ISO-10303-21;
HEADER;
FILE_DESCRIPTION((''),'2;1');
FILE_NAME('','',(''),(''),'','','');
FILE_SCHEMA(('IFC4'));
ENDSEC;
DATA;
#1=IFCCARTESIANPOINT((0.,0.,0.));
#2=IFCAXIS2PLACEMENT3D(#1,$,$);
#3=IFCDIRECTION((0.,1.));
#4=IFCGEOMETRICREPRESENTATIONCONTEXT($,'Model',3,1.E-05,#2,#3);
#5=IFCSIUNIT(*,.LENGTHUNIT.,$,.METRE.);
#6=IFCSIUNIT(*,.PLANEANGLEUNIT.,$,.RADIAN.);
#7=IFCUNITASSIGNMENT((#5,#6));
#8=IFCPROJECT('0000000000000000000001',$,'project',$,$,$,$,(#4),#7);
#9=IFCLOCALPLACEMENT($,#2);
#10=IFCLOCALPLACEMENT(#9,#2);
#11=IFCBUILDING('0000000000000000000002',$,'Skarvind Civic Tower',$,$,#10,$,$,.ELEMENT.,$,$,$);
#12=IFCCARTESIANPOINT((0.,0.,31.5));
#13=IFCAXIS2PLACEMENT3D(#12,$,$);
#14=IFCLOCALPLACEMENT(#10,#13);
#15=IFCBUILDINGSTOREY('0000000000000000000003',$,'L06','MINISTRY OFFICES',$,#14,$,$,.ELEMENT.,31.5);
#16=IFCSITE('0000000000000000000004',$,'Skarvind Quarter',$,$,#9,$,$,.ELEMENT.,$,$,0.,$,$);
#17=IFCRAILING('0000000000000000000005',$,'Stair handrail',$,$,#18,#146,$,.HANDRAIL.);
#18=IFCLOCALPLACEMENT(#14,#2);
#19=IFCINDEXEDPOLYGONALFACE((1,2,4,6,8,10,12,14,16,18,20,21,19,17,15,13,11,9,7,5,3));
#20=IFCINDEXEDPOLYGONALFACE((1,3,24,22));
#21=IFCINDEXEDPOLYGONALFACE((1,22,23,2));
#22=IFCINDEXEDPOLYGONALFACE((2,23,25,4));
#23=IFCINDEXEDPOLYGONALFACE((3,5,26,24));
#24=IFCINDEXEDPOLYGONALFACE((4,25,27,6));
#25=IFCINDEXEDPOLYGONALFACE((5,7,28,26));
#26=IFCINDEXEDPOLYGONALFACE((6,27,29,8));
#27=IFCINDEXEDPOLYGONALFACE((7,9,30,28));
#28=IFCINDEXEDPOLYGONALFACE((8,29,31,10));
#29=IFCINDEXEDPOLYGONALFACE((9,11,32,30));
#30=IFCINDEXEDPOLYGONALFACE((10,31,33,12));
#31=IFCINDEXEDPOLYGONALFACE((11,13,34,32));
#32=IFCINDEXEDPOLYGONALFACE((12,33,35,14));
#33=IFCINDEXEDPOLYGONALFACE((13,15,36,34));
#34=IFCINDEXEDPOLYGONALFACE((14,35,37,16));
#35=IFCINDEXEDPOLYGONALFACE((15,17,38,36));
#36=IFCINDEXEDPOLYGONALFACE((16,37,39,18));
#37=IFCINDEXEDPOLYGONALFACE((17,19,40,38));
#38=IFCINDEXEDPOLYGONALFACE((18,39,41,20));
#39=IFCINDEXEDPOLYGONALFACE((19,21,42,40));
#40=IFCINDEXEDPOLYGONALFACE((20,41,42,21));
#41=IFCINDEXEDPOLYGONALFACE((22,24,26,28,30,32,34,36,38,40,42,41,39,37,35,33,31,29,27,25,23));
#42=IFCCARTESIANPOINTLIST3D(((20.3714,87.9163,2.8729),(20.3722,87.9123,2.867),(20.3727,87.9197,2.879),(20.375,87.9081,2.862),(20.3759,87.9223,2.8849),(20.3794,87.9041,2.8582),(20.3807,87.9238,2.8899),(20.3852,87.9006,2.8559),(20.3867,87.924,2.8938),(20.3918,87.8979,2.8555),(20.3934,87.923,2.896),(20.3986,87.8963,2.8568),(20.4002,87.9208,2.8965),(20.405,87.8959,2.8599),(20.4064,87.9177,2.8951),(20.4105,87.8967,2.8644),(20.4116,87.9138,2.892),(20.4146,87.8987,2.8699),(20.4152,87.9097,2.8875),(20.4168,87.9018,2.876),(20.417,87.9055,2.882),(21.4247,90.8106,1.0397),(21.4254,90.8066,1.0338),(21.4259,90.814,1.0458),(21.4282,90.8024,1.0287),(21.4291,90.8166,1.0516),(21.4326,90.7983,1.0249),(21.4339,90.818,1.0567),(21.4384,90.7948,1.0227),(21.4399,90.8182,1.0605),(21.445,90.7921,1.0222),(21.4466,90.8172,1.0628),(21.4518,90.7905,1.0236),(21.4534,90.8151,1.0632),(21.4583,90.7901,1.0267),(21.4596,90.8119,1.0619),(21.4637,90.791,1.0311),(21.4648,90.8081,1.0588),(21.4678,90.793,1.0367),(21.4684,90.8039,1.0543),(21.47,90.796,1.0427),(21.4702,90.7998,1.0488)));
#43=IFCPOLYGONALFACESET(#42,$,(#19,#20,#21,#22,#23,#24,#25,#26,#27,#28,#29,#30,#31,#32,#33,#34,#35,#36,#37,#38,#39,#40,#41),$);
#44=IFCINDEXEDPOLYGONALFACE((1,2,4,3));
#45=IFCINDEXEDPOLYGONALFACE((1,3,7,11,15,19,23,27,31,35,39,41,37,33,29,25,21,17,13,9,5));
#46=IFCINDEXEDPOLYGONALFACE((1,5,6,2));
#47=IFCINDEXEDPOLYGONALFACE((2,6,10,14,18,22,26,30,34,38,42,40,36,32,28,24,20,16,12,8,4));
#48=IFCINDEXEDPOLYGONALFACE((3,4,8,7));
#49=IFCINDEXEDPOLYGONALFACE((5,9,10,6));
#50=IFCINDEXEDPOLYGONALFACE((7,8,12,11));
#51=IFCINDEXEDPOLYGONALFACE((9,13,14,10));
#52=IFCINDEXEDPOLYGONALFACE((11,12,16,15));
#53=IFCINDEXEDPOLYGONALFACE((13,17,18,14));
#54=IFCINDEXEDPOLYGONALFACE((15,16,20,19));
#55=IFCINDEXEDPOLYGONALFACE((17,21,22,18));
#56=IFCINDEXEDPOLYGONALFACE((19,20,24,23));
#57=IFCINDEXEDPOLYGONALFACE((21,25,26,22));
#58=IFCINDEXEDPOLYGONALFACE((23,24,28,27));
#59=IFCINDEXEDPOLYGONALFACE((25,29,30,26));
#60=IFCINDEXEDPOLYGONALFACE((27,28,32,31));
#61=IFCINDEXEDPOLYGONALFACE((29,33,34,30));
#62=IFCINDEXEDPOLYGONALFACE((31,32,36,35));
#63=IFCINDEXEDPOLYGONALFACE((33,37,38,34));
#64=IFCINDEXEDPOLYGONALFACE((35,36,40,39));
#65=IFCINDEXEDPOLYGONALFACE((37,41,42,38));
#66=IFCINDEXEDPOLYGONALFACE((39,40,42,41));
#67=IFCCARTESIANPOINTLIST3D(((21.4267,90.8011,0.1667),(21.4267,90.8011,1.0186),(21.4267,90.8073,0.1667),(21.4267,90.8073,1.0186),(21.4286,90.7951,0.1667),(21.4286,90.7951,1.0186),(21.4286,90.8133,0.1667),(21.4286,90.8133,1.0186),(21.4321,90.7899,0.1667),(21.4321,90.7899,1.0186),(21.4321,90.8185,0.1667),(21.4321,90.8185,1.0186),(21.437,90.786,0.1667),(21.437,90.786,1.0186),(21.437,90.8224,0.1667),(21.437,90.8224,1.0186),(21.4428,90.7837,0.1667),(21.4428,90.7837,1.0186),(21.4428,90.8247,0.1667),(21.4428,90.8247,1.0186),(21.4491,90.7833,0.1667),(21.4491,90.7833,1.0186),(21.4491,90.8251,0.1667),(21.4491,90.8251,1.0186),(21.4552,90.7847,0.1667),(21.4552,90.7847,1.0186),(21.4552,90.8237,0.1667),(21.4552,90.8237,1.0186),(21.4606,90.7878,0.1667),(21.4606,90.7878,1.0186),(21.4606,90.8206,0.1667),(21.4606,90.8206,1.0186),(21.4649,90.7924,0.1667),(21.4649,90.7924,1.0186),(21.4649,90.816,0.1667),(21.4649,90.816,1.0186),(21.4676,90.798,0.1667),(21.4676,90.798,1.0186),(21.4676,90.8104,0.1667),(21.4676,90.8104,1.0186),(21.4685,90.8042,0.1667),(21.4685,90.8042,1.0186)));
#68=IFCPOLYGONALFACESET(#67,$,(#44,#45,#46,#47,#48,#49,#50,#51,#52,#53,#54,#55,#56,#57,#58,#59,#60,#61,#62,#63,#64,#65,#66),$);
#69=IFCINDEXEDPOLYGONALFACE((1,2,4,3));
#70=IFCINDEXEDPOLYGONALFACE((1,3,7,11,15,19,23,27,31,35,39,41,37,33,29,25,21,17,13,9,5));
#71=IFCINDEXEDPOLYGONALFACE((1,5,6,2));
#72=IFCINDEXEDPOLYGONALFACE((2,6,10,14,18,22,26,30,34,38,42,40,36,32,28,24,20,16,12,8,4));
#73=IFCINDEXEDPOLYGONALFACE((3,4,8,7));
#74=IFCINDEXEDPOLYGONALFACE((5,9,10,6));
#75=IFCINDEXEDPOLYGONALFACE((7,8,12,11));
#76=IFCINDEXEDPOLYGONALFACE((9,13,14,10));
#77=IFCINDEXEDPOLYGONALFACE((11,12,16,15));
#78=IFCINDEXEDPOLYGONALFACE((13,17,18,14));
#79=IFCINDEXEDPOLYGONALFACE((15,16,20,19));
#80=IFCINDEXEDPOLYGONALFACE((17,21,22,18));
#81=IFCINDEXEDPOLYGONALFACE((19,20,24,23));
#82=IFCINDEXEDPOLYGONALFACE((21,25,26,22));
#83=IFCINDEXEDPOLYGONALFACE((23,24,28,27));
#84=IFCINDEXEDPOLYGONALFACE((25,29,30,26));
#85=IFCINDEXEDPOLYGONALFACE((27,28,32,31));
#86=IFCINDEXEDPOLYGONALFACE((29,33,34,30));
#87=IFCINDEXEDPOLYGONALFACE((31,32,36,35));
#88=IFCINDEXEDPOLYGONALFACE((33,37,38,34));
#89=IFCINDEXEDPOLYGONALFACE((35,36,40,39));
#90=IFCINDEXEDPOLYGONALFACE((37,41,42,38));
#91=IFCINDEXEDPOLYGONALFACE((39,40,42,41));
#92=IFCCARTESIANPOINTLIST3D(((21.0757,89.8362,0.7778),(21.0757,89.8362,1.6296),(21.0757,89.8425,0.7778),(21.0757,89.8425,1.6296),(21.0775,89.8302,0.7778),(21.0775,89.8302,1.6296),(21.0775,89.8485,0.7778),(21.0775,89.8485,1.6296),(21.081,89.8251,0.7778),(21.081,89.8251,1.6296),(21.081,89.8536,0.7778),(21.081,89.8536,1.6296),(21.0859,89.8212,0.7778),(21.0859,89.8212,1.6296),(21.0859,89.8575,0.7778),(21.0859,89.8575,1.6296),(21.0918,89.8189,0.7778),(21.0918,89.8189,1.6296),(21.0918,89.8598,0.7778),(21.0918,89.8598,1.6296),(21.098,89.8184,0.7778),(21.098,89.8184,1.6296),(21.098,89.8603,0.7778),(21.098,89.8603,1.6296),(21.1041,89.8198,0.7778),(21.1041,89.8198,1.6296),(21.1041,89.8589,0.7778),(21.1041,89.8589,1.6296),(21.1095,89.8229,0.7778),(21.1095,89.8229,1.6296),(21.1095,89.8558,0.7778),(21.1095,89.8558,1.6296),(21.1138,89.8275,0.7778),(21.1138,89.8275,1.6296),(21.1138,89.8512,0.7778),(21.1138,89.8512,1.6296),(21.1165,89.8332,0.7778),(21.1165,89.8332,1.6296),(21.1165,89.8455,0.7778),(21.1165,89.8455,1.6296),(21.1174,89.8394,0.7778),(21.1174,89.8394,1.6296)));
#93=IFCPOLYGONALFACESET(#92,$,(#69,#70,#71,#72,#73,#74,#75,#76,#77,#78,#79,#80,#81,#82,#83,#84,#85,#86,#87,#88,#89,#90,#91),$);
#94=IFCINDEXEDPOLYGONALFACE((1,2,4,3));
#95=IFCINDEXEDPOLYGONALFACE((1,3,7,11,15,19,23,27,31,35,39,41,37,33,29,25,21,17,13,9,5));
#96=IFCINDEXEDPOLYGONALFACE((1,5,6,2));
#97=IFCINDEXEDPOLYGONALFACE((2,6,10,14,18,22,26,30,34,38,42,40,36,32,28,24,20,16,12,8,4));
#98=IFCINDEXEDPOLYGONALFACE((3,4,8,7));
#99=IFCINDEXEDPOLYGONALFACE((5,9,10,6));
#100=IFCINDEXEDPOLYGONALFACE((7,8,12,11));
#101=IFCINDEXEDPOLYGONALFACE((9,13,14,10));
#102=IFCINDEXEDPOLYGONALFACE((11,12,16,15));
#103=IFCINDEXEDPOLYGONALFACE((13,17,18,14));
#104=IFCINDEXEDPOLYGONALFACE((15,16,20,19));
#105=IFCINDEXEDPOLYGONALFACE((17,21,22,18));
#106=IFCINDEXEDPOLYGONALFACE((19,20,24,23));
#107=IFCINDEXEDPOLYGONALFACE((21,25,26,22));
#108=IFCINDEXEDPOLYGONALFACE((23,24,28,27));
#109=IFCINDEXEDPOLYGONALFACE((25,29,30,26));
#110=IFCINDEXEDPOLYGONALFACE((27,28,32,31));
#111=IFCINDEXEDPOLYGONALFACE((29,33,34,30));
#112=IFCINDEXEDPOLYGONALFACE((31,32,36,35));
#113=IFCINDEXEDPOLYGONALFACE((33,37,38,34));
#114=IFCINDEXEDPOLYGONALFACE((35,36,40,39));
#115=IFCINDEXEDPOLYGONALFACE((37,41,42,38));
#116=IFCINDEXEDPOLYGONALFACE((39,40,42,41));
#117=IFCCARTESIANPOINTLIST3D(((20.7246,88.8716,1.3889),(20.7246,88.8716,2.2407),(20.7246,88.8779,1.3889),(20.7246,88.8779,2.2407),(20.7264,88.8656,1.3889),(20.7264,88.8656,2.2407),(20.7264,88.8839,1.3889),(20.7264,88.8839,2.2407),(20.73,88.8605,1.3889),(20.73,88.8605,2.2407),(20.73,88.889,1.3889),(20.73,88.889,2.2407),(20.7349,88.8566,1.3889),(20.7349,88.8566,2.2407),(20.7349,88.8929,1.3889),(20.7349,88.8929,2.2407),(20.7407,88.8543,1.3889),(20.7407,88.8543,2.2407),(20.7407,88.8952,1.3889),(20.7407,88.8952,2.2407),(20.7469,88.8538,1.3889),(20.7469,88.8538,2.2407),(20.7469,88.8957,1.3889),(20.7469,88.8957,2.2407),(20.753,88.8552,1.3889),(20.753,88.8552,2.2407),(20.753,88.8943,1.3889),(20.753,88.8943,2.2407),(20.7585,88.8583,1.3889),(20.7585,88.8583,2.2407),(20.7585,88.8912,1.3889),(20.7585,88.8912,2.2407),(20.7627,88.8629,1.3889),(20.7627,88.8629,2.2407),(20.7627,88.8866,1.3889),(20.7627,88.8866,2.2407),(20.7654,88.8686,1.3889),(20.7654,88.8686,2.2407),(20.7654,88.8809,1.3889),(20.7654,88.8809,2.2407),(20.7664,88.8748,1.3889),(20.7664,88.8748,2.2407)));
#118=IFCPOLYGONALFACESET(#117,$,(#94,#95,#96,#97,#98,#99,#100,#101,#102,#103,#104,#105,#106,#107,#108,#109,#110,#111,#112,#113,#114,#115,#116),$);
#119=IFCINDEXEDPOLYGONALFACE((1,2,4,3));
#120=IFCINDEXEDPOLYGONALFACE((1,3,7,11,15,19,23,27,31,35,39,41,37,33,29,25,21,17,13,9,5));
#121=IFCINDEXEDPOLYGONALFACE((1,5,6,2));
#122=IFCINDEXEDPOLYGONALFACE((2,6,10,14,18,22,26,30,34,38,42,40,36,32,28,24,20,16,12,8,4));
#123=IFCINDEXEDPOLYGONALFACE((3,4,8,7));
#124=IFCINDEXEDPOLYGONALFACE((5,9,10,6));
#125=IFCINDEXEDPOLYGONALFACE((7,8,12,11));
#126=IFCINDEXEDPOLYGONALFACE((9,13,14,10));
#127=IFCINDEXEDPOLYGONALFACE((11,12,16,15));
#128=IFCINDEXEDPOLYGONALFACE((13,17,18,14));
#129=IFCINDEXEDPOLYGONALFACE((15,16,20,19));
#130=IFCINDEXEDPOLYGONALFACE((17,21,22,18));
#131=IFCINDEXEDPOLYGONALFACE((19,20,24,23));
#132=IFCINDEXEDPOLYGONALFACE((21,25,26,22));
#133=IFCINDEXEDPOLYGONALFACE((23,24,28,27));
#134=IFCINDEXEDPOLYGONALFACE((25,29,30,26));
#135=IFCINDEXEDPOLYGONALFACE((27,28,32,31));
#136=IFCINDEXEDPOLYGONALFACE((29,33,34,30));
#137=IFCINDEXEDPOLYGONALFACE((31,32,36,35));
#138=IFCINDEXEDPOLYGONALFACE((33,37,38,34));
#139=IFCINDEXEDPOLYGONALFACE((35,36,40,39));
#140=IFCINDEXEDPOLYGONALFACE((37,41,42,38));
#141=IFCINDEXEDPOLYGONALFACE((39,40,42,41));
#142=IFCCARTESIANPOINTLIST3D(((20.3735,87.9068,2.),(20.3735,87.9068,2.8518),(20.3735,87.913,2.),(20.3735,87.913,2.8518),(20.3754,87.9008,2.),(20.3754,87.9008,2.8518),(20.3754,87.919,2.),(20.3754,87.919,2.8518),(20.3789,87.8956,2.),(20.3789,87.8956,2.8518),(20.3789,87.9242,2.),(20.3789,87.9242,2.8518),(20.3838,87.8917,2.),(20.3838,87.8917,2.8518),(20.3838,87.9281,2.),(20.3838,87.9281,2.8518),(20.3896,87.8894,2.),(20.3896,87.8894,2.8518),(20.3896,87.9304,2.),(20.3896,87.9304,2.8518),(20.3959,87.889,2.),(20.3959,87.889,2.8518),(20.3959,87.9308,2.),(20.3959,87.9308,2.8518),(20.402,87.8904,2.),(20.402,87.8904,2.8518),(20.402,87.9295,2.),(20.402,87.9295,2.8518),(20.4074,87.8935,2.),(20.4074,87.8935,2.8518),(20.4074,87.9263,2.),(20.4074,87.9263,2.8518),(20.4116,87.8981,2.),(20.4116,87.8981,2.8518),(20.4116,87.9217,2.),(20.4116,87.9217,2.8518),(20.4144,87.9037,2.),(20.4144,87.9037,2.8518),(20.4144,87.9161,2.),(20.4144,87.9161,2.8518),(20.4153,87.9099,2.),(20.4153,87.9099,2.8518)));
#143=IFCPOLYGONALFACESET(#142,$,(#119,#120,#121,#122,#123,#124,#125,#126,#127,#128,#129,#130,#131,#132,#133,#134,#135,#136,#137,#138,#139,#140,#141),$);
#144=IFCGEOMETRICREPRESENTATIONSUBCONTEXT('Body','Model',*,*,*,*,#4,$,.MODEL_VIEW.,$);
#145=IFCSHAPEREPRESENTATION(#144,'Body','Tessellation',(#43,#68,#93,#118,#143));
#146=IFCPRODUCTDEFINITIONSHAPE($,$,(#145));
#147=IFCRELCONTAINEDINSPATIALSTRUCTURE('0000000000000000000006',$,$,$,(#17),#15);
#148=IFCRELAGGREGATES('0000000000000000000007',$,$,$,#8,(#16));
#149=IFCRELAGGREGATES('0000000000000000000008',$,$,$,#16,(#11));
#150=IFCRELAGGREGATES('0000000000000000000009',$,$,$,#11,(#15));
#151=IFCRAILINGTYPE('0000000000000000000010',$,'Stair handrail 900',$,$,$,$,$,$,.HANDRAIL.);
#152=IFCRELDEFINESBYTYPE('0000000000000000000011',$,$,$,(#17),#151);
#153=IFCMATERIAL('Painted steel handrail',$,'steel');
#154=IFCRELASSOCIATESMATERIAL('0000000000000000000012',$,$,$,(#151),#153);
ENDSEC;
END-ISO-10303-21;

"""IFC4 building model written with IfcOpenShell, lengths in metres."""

from ifc_helpers import new_model, si_unit, direction, frame, origin, origin_2d, place, context, subcontext, project, spatial, circle, extrude, material, type_object, element, save


model = new_model("IFC4")

# Units and contexts
model_context = context("Model", 3, precision=1e-05, world=origin(), true_north=direction((0.0, 1.0)))
body_context = subcontext(model_context, "Body", "Model", "MODEL_VIEW")
ifc_project = project(units=[si_unit("LENGTHUNIT", "METRE"), si_unit("PLANEANGLEUNIT", "RADIAN")], contexts=[model_context])

# Site, building, storey
site_placement = place(None, origin())
site = spatial("IfcSite", under=ifc_project, at=site_placement, Name="Skarvind Quarter", CompositionType="ELEMENT", RefElevation=0.0)
building_placement = place(site_placement, origin())
building = spatial("IfcBuilding", under=site, at=building_placement, Name="Skarvind Civic Tower", CompositionType="ELEMENT")
storey_placement = place(building_placement, frame((0.0, 0.0, 31.5)))
storey = spatial("IfcBuildingStorey", under=building, at=storey_placement, Name="L06", Description="MINISTRY OFFICES", CompositionType="ELEMENT", Elevation=31.5)

# Railing
ifc_material_1 = material(Name="Painted steel handrail", Category="steel")
railing_type = type_object("IfcRailingType", Name="Stair handrail 900", PredefinedType="HANDRAIL", material=ifc_material_1)
railing_1_placement = place(storey_placement, frame((21.4475, 90.8042, 0.1667)))
element("IfcRailing", 1, at=railing_1_placement, inside=storey, type_object=railing_type, Name="Stair handrail", PredefinedType="HANDRAIL", context=body_context, shape_type="SweptSolid", body=[
    extrude(circle(Radius=0.0239, at=origin_2d()), frame((0.0, 0.0, 0.876), z_axis=(-0.293846, -0.807497, 0.511472), x_axis=(0.939715, -0.341959, 0.0)), (0.0, 0.0, 1.0), 3.5842),
    extrude(circle(Radius=0.021, at=origin_2d()), origin(), (0.0, 0.0, 1.0), 0.8518),
    extrude(circle(Radius=0.021, at=origin_2d()), frame((-0.3511, -0.9648, 0.6111)), (0.0, 0.0, 1.0), 0.8518),
    extrude(circle(Radius=0.021, at=origin_2d()), frame((-0.7021, -1.9294, 1.2222)), (0.0, 0.0, 1.0), 0.8518),
    extrude(circle(Radius=0.021, at=origin_2d()), frame((-1.0532, -2.8943, 1.8333)), (0.0, 0.0, 1.0), 0.8518),
])

save(model, "model.ifc")
